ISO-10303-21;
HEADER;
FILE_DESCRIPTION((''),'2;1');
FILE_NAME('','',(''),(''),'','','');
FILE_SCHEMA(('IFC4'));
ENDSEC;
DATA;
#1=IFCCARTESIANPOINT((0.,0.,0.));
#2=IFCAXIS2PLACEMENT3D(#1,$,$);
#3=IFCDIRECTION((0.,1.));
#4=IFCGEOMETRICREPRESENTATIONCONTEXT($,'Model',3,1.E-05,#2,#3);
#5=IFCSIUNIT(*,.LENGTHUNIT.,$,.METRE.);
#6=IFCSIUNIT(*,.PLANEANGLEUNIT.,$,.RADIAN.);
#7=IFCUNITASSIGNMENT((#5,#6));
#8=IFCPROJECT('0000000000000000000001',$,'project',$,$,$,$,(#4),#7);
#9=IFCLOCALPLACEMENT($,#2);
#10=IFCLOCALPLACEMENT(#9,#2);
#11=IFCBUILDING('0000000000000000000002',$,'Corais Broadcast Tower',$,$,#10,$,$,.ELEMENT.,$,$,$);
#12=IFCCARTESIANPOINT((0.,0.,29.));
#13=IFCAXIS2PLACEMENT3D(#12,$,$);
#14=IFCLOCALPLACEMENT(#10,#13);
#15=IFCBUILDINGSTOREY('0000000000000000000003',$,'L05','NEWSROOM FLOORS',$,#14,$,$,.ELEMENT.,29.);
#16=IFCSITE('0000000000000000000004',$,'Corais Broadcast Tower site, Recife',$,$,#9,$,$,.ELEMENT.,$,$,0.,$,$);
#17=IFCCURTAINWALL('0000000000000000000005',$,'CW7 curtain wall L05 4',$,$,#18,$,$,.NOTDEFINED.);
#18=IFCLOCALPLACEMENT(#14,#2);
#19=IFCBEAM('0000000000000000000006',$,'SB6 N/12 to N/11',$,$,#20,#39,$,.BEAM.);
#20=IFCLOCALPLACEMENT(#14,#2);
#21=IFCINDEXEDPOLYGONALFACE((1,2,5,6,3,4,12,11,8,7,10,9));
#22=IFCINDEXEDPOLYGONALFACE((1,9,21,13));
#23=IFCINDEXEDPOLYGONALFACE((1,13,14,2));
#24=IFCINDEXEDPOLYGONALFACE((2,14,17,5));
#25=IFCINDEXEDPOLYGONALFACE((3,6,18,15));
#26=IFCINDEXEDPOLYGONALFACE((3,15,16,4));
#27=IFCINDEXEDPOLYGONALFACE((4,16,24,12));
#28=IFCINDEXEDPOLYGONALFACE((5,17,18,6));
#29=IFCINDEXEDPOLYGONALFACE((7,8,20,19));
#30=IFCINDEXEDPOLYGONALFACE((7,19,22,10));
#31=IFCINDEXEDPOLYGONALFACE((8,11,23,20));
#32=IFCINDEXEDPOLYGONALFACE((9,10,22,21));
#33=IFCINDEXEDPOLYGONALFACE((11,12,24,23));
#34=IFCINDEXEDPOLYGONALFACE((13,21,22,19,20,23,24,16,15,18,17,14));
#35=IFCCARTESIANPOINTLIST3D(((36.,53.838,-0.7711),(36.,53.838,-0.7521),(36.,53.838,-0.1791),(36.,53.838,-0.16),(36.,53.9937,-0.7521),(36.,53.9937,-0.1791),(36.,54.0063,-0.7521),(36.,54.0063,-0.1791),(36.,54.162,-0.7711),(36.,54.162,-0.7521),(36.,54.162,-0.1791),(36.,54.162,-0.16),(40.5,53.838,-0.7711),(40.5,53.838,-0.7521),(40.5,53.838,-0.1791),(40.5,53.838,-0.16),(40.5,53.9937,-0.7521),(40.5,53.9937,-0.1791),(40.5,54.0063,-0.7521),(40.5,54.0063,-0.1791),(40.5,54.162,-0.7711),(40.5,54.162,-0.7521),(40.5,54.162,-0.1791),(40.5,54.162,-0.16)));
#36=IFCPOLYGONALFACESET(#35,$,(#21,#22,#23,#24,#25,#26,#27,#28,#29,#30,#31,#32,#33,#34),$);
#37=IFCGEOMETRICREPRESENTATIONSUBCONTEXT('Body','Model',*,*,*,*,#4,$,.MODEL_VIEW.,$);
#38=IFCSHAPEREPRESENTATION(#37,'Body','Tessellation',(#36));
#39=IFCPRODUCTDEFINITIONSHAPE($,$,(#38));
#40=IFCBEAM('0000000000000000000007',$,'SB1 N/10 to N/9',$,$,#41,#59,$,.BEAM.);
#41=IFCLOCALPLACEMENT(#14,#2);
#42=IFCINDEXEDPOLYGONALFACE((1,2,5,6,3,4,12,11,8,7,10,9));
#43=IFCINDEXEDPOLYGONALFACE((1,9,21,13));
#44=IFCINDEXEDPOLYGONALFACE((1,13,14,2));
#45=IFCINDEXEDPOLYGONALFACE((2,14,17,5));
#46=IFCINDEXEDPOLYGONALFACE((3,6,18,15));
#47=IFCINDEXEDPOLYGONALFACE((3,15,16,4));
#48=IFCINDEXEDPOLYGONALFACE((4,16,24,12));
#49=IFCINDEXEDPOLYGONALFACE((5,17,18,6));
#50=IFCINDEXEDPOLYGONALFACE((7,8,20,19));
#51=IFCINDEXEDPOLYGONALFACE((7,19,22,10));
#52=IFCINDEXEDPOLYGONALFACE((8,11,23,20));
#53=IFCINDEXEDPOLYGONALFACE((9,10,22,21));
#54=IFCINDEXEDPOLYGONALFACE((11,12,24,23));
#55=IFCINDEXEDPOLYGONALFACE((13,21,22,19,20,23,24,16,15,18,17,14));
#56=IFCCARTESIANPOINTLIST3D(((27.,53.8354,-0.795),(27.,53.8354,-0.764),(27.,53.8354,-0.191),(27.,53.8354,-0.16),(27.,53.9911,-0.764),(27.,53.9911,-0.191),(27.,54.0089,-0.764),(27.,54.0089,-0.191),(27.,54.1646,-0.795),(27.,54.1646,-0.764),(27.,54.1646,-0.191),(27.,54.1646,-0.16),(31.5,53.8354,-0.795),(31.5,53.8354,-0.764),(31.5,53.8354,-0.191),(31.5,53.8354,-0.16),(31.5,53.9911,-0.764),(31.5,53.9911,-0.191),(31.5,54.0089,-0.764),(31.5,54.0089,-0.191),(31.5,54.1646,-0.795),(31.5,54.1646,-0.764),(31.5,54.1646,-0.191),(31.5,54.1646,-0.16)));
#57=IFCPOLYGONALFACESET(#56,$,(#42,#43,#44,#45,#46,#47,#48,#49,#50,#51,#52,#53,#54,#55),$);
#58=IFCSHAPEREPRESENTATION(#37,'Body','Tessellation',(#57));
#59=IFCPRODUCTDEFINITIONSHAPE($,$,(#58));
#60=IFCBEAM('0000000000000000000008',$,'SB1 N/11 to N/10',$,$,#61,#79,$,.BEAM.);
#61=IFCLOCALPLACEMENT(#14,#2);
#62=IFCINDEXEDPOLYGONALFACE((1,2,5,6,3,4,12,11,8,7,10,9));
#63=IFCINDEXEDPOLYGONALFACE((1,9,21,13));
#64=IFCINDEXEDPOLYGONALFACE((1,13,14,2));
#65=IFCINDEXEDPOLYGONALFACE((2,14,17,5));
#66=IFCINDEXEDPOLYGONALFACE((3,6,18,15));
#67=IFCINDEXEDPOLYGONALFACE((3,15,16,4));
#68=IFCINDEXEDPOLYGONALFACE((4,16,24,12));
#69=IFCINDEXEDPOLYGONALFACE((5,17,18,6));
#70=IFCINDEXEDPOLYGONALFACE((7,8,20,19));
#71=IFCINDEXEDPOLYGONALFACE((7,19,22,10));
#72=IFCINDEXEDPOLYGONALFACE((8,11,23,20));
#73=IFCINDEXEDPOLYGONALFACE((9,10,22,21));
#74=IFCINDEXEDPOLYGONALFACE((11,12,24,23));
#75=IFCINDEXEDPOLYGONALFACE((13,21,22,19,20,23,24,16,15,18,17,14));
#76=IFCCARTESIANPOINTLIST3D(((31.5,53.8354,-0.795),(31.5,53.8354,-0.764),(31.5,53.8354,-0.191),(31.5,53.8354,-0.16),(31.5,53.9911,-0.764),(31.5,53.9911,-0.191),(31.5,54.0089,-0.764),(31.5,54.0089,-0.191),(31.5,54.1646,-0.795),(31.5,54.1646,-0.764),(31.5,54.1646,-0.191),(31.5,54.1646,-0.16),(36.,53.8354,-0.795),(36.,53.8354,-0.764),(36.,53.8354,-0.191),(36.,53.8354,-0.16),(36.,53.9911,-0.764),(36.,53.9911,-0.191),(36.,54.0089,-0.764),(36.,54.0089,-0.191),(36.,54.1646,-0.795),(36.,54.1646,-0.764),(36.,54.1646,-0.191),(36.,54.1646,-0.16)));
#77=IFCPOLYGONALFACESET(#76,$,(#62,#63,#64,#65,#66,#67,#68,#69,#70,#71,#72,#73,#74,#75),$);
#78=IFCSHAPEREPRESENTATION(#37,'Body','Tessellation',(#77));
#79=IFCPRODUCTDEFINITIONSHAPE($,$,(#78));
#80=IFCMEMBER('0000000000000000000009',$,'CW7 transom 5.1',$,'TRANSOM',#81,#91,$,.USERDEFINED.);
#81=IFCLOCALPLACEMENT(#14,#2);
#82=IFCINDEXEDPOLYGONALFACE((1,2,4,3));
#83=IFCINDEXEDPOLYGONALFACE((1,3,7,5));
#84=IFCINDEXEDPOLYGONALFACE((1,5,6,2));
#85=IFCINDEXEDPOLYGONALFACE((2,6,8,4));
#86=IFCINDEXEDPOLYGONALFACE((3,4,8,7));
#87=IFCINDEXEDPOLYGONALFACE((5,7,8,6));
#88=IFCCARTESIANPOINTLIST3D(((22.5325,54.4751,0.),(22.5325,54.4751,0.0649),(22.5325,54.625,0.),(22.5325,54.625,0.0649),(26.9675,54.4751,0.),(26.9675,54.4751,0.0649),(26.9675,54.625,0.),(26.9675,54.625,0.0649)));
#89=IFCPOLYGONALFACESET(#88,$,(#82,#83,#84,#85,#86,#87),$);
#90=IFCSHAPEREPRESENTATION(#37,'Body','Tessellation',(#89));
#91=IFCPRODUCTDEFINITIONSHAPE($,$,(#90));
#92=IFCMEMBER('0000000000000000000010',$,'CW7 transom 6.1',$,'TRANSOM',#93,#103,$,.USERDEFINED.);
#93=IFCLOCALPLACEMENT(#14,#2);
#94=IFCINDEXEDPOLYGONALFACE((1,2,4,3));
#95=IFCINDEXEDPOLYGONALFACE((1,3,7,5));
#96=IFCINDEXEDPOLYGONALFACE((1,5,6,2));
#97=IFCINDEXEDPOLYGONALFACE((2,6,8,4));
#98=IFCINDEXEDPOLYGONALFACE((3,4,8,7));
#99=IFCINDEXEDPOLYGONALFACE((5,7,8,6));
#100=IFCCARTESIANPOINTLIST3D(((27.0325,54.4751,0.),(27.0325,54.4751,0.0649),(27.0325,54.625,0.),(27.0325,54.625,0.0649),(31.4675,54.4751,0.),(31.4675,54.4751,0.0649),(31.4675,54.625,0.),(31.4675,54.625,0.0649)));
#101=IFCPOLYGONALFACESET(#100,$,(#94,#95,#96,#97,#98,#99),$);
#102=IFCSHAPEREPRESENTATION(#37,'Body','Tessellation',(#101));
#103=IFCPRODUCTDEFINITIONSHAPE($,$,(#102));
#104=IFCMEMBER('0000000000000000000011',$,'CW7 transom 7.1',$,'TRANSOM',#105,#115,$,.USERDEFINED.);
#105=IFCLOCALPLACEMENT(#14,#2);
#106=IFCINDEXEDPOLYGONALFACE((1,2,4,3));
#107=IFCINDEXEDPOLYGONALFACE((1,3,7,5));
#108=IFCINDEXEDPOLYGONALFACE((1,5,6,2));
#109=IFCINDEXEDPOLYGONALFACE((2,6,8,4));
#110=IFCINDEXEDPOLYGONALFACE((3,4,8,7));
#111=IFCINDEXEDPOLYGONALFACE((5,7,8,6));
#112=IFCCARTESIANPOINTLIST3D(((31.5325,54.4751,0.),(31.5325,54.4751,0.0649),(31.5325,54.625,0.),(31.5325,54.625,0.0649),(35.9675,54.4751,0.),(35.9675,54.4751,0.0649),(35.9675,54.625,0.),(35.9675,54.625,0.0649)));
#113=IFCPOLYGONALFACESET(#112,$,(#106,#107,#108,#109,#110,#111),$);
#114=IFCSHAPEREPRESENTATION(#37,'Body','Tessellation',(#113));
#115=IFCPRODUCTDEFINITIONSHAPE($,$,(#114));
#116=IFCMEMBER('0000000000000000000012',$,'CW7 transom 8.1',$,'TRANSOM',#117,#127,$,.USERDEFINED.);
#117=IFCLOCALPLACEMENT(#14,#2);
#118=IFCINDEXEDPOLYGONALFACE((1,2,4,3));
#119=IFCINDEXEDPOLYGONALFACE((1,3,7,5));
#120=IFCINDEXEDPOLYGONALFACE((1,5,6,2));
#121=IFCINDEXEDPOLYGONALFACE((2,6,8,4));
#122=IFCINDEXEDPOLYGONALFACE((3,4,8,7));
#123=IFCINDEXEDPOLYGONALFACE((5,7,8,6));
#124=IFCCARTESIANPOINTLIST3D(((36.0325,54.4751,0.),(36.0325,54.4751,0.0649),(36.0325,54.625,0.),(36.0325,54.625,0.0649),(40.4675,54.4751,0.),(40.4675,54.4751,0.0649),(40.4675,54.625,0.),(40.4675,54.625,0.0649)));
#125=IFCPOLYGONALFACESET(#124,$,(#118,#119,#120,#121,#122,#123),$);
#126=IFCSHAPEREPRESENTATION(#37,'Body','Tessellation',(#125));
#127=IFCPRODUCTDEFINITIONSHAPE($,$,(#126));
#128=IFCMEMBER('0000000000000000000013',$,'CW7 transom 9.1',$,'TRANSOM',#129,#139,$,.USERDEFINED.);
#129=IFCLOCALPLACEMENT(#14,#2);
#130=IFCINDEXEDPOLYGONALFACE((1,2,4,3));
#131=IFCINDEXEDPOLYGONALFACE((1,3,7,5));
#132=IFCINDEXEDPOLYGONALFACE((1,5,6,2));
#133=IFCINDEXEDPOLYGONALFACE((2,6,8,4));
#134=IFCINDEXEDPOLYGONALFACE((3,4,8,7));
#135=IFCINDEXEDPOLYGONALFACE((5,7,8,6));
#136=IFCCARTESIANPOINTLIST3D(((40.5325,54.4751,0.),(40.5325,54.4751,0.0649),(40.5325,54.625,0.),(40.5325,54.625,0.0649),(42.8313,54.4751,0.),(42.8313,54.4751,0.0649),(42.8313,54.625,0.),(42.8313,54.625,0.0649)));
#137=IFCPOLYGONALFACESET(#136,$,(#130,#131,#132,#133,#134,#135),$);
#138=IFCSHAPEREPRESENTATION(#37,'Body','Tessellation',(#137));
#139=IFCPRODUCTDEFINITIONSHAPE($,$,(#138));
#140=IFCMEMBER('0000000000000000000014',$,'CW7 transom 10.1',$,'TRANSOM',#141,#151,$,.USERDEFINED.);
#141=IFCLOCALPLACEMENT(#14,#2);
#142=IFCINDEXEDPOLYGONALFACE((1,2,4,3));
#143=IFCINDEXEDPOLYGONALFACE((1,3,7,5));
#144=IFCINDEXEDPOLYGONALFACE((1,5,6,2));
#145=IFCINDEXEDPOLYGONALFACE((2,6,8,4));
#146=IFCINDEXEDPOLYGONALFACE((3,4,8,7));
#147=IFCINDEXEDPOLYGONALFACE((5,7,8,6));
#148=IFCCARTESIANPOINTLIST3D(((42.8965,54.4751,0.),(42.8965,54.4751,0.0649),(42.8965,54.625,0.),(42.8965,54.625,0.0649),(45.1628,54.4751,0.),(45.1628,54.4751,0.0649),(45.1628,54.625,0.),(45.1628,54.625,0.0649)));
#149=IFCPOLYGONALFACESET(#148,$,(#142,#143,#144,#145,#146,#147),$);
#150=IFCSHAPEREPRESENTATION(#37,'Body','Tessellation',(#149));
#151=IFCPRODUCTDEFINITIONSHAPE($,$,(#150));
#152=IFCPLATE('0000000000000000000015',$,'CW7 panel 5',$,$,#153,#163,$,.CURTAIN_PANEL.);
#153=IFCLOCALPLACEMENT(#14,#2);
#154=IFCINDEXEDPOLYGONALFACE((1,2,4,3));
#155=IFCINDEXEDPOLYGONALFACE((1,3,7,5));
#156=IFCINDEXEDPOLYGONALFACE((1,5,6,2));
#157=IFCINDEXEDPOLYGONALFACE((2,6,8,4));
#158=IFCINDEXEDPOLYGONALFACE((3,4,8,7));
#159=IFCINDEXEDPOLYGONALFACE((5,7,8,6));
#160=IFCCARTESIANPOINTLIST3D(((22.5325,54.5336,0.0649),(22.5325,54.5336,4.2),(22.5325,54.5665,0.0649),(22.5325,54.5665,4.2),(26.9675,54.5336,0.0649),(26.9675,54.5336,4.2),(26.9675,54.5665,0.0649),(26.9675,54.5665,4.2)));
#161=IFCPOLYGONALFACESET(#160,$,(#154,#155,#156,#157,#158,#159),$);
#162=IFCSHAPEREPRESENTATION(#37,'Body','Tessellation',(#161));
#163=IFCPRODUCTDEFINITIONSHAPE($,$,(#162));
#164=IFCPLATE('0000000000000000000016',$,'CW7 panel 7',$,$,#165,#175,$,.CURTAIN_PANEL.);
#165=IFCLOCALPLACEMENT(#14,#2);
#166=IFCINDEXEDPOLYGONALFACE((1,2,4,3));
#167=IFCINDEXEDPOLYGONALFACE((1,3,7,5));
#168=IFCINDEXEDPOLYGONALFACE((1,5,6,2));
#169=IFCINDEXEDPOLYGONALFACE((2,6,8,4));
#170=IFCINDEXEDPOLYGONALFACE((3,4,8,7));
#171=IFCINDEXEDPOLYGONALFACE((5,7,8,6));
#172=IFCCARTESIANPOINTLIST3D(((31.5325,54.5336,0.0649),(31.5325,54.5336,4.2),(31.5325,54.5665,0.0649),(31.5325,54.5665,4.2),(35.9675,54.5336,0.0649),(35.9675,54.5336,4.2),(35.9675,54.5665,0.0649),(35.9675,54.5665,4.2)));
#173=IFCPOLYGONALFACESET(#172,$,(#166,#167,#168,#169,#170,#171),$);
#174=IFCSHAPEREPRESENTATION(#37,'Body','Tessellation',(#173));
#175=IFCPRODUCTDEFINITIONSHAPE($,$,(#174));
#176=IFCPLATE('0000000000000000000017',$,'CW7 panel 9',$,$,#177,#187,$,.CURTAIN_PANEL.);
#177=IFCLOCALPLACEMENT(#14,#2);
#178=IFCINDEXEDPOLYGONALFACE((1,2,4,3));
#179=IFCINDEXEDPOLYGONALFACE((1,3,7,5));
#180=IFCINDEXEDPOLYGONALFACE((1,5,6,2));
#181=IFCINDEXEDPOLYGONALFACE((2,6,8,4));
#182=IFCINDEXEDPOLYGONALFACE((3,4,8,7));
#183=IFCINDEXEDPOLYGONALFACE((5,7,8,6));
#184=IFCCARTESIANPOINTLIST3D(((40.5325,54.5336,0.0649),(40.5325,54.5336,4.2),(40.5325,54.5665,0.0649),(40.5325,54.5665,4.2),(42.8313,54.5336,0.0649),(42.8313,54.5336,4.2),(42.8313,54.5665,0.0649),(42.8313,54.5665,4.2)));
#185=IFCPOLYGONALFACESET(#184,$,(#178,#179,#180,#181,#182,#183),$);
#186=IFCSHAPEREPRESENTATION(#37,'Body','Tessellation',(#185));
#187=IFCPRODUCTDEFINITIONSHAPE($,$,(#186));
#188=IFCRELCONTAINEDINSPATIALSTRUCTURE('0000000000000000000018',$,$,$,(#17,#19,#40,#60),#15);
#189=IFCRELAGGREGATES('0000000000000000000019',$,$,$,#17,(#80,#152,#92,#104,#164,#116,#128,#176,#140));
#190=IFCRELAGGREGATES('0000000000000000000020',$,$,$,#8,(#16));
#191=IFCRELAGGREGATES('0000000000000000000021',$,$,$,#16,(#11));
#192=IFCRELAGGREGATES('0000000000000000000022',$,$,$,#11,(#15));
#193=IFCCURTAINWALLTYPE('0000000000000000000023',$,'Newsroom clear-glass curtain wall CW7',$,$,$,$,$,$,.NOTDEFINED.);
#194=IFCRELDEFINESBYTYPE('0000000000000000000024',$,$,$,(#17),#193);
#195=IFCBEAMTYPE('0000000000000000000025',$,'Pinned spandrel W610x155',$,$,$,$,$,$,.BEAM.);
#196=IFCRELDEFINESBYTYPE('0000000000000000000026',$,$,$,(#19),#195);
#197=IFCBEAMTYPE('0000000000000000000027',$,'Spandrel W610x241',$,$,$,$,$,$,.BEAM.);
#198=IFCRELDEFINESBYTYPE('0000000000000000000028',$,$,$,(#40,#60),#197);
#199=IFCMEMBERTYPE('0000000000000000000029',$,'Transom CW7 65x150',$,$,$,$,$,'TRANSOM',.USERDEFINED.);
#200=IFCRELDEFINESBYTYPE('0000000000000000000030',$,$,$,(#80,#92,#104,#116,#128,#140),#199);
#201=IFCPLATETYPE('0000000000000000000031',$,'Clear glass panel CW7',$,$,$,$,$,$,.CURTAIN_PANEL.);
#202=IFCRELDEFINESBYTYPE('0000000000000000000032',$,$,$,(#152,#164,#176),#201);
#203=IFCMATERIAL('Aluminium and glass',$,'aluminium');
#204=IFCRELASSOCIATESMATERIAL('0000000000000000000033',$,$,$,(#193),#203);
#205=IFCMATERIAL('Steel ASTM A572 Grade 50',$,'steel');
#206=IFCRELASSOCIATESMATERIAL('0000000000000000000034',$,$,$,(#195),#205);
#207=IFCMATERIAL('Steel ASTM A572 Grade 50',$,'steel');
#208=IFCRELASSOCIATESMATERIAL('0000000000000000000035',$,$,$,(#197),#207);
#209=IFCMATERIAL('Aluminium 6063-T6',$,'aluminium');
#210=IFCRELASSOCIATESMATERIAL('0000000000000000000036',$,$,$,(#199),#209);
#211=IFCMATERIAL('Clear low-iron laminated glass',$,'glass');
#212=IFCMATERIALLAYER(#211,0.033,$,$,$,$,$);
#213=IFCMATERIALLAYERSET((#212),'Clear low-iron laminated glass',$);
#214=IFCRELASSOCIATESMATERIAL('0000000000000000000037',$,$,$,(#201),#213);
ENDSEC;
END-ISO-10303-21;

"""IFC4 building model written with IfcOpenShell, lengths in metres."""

from ifc_helpers import new_model, si_unit, direction, frame, origin, origin_2d, place, context, subcontext, project, spatial, rectangle, i_section, extrude, material, layer, layer_set, material_profile, profile_set, type_object, element, aggregate, save


model = new_model("IFC4")

# Units and contexts
model_context = context("Model", 3, precision=1e-05, world=origin(), true_north=direction((0.0, 1.0)))
body_context = subcontext(model_context, "Body", "Model", "MODEL_VIEW")
ifc_project = project(units=[si_unit("LENGTHUNIT", "METRE"), si_unit("PLANEANGLEUNIT", "RADIAN")], contexts=[model_context])

# Site, building, storey
site_placement = place(None, origin())
site = spatial("IfcSite", under=ifc_project, at=site_placement, Name="Corais Broadcast Tower site, Recife", CompositionType="ELEMENT", RefElevation=0.0)
building_placement = place(site_placement, origin())
building = spatial("IfcBuilding", under=site, at=building_placement, Name="Corais Broadcast Tower", CompositionType="ELEMENT")
storey_placement = place(building_placement, frame((0.0, 0.0, 29.0)))
storey = spatial("IfcBuildingStorey", under=building, at=storey_placement, Name="L05", Description="NEWSROOM FLOORS", CompositionType="ELEMENT", Elevation=29.0)

# Curtain wall
ifc_material_1 = material(Name="Aluminium and glass", Category="aluminium")
curtain_wall_type = type_object("IfcCurtainWallType", Name="Newsroom clear-glass curtain wall CW7", PredefinedType="NOTDEFINED", material=ifc_material_1)
curtain_wall_placement = place(storey_placement, origin())
curtain_wall = element("IfcCurtainWall", 1, at=curtain_wall_placement, inside=storey, type_object=curtain_wall_type, Name="CW7 curtain wall L05 4", PredefinedType="NOTDEFINED")

# Beams
ifc_material_2 = material(Name="Steel ASTM A572 Grade 50", Category="steel")
ifc_material_profile_1 = material_profile(ifc_material_2, i_section(OverallWidth=0.324, OverallDepth=0.6111, WebThickness=0.0127, FlangeThickness=0.019, at=origin_2d()), Name="W610x155")
ifc_profile_set_1 = profile_set([ifc_material_profile_1], Name="Steel ASTM A572 Grade 50")
beam_type_1 = type_object("IfcBeamType", Name="Pinned spandrel W610x155", PredefinedType="BEAM", material=ifc_profile_set_1)
beam_placement = place(storey_placement, frame((40.5, 54.0, -0.4656), z_axis=(-1.0, 0.0, 0.0), x_axis=(0.0, -1.0, 0.0)))
element("IfcBeam", 2, at=beam_placement, inside=storey, type_object=beam_type_1, Name="SB6 N/12 to N/11", PredefinedType="BEAM", context=body_context, shape_type="SweptSolid", body=[
    extrude(i_section(OverallWidth=0.324, OverallDepth=0.6111, WebThickness=0.0127, FlangeThickness=0.019, at=origin_2d()), origin(), (0.0, 0.0, 1.0), 4.5),
])
ifc_material_3 = material(Name="Steel ASTM A572 Grade 50", Category="steel")
ifc_material_profile_2 = material_profile(ifc_material_3, i_section(OverallWidth=0.3291, OverallDepth=0.635, WebThickness=0.0178, FlangeThickness=0.031, at=origin_2d()), Name="W610x241")
ifc_profile_set_2 = profile_set([ifc_material_profile_2], Name="Steel ASTM A572 Grade 50")
beam_type_2 = type_object("IfcBeamType", Name="Spandrel W610x241", PredefinedType="BEAM", material=ifc_profile_set_2)
for number, where, z_axis, x_axis, name in (
    (3, (31.5, 54.0, -0.4775), (-1.0, 0.0, 0.0), (0.0, -1.0, 0.0), "SB1 N/10 to N/9"),
    (4, (36.0, 54.0, -0.4775), (-1.0, 0.0, 0.0), (0.0, -1.0, 0.0), "SB1 N/11 to N/10"),
):
    element("IfcBeam", number, at=place(storey_placement, frame(where, z_axis=z_axis, x_axis=x_axis)), inside=storey, type_object=beam_type_2, Name=name, PredefinedType="BEAM", context=body_context, shape_type="SweptSolid", body=[
        extrude(i_section(OverallWidth=0.3291, OverallDepth=0.635, WebThickness=0.0178, FlangeThickness=0.031, at=origin_2d()), origin(), (0.0, 0.0, 1.0), 4.5),
    ])

# Members
ifc_material_4 = material(Name="Aluminium 6063-T6", Category="aluminium")
ifc_material_profile_3 = material_profile(ifc_material_4, rectangle(XDim=0.1499, YDim=0.0649, at=origin_2d()), Name="Transom CW7 65x150")
ifc_profile_set_3 = profile_set([ifc_material_profile_3], Name="Aluminium 6063-T6")
member_type_1 = type_object("IfcMemberType", Name="Transom CW7 65x150", ElementType="TRANSOM", PredefinedType="USERDEFINED", material=ifc_profile_set_3)
member_1_placement = place(storey_placement, frame((22.5325, 54.55, 0.0325), z_axis=(1.0, 0.0, 0.0), x_axis=(0.0, 1.0, 0.0)))
member_1 = element("IfcMember", 5, at=member_1_placement, type_object=member_type_1, Name="CW7 transom 5.1", ObjectType="TRANSOM", PredefinedType="USERDEFINED", context=body_context, shape_type="SweptSolid", body=[
    extrude(rectangle(XDim=0.1499, YDim=0.0649, at=origin_2d()), origin(), (0.0, 0.0, 1.0), 4.4351),
])
member_2_placement = place(storey_placement, frame((27.0325, 54.55, 0.0325), z_axis=(1.0, 0.0, 0.0), x_axis=(0.0, 1.0, 0.0)))
member_2 = element("IfcMember", 6, at=member_2_placement, type_object=member_type_1, Name="CW7 transom 6.1", ObjectType="TRANSOM", PredefinedType="USERDEFINED", context=body_context, shape_type="SweptSolid", body=[
    extrude(rectangle(XDim=0.1499, YDim=0.0649, at=origin_2d()), origin(), (0.0, 0.0, 1.0), 4.4351),
])
member_3_placement = place(storey_placement, frame((31.5325, 54.55, 0.0325), z_axis=(1.0, 0.0, 0.0), x_axis=(0.0, 1.0, 0.0)))
member_3 = element("IfcMember", 7, at=member_3_placement, type_object=member_type_1, Name="CW7 transom 7.1", ObjectType="TRANSOM", PredefinedType="USERDEFINED", context=body_context, shape_type="SweptSolid", body=[
    extrude(rectangle(XDim=0.1499, YDim=0.0649, at=origin_2d()), origin(), (0.0, 0.0, 1.0), 4.4351),
])
member_4_placement = place(storey_placement, frame((36.0325, 54.55, 0.0325), z_axis=(1.0, 0.0, 0.0), x_axis=(0.0, 1.0, 0.0)))
member_4 = element("IfcMember", 8, at=member_4_placement, type_object=member_type_1, Name="CW7 transom 8.1", ObjectType="TRANSOM", PredefinedType="USERDEFINED", context=body_context, shape_type="SweptSolid", body=[
    extrude(rectangle(XDim=0.1499, YDim=0.0649, at=origin_2d()), origin(), (0.0, 0.0, 1.0), 4.4351),
])
member_5_placement = place(storey_placement, frame((40.5325, 54.55, 0.0325), z_axis=(1.0, 0.0, 0.0), x_axis=(0.0, 1.0, 0.0)))
member_5 = element("IfcMember", 9, at=member_5_placement, type_object=member_type_1, Name="CW7 transom 9.1", ObjectType="TRANSOM", PredefinedType="USERDEFINED", context=body_context, shape_type="SweptSolid", body=[
    extrude(rectangle(XDim=0.1499, YDim=0.0649, at=origin_2d()), origin(), (0.0, 0.0, 1.0), 2.2988),
])
member_6_placement = place(storey_placement, frame((42.8965, 54.55, 0.0325), z_axis=(1.0, 0.0, 0.0), x_axis=(0.0, 1.0, 0.0)))
member_6 = element("IfcMember", 10, at=member_6_placement, type_object=member_type_1, Name="CW7 transom 10.1", ObjectType="TRANSOM", PredefinedType="USERDEFINED", context=body_context, shape_type="SweptSolid", body=[
    extrude(rectangle(XDim=0.1499, YDim=0.0649, at=origin_2d()), origin(), (0.0, 0.0, 1.0), 2.2664),
])

# Plates
ifc_material_5 = material(Name="Clear low-iron laminated glass", Category="glass")
ifc_layer_1 = layer(ifc_material_5, 0.033)
ifc_layer_set_1 = layer_set([ifc_layer_1], Name="Clear low-iron laminated glass")
plate_type_1 = type_object("IfcPlateType", Name="Clear glass panel CW7", PredefinedType="CURTAIN_PANEL", material=ifc_layer_set_1)
plate_1_placement = place(storey_placement, frame((24.75, 54.55, 0.0649), z_axis=(0.0, 0.0, 1.0), x_axis=(1.0, 0.0, 0.0)))
plate_1 = element("IfcPlate", 11, at=plate_1_placement, type_object=plate_type_1, Name="CW7 panel 5", PredefinedType="CURTAIN_PANEL", context=body_context, shape_type="SweptSolid", body=[
    extrude(rectangle(XDim=4.4351, YDim=0.033, at=origin_2d()), origin(), (0.0, 0.0, 1.0), 4.135),
])
plate_2_placement = place(storey_placement, frame((33.75, 54.55, 0.0649), z_axis=(0.0, 0.0, 1.0), x_axis=(1.0, 0.0, 0.0)))
plate_2 = element("IfcPlate", 12, at=plate_2_placement, type_object=plate_type_1, Name="CW7 panel 7", PredefinedType="CURTAIN_PANEL", context=body_context, shape_type="SweptSolid", body=[
    extrude(rectangle(XDim=4.4351, YDim=0.033, at=origin_2d()), origin(), (0.0, 0.0, 1.0), 4.135),
])
plate_3_placement = place(storey_placement, frame((41.6819, 54.55, 0.0649), z_axis=(0.0, 0.0, 1.0), x_axis=(1.0, 0.0, 0.0)))
plate_3 = element("IfcPlate", 13, at=plate_3_placement, type_object=plate_type_1, Name="CW7 panel 9", PredefinedType="CURTAIN_PANEL", context=body_context, shape_type="SweptSolid", body=[
    extrude(rectangle(XDim=2.2988, YDim=0.033, at=origin_2d()), origin(), (0.0, 0.0, 1.0), 4.135),
])
aggregate(curtain_wall, [member_1, plate_1, member_2, member_3, plate_2, member_4, member_5, plate_3, member_6])

save(model, "model.ifc")
